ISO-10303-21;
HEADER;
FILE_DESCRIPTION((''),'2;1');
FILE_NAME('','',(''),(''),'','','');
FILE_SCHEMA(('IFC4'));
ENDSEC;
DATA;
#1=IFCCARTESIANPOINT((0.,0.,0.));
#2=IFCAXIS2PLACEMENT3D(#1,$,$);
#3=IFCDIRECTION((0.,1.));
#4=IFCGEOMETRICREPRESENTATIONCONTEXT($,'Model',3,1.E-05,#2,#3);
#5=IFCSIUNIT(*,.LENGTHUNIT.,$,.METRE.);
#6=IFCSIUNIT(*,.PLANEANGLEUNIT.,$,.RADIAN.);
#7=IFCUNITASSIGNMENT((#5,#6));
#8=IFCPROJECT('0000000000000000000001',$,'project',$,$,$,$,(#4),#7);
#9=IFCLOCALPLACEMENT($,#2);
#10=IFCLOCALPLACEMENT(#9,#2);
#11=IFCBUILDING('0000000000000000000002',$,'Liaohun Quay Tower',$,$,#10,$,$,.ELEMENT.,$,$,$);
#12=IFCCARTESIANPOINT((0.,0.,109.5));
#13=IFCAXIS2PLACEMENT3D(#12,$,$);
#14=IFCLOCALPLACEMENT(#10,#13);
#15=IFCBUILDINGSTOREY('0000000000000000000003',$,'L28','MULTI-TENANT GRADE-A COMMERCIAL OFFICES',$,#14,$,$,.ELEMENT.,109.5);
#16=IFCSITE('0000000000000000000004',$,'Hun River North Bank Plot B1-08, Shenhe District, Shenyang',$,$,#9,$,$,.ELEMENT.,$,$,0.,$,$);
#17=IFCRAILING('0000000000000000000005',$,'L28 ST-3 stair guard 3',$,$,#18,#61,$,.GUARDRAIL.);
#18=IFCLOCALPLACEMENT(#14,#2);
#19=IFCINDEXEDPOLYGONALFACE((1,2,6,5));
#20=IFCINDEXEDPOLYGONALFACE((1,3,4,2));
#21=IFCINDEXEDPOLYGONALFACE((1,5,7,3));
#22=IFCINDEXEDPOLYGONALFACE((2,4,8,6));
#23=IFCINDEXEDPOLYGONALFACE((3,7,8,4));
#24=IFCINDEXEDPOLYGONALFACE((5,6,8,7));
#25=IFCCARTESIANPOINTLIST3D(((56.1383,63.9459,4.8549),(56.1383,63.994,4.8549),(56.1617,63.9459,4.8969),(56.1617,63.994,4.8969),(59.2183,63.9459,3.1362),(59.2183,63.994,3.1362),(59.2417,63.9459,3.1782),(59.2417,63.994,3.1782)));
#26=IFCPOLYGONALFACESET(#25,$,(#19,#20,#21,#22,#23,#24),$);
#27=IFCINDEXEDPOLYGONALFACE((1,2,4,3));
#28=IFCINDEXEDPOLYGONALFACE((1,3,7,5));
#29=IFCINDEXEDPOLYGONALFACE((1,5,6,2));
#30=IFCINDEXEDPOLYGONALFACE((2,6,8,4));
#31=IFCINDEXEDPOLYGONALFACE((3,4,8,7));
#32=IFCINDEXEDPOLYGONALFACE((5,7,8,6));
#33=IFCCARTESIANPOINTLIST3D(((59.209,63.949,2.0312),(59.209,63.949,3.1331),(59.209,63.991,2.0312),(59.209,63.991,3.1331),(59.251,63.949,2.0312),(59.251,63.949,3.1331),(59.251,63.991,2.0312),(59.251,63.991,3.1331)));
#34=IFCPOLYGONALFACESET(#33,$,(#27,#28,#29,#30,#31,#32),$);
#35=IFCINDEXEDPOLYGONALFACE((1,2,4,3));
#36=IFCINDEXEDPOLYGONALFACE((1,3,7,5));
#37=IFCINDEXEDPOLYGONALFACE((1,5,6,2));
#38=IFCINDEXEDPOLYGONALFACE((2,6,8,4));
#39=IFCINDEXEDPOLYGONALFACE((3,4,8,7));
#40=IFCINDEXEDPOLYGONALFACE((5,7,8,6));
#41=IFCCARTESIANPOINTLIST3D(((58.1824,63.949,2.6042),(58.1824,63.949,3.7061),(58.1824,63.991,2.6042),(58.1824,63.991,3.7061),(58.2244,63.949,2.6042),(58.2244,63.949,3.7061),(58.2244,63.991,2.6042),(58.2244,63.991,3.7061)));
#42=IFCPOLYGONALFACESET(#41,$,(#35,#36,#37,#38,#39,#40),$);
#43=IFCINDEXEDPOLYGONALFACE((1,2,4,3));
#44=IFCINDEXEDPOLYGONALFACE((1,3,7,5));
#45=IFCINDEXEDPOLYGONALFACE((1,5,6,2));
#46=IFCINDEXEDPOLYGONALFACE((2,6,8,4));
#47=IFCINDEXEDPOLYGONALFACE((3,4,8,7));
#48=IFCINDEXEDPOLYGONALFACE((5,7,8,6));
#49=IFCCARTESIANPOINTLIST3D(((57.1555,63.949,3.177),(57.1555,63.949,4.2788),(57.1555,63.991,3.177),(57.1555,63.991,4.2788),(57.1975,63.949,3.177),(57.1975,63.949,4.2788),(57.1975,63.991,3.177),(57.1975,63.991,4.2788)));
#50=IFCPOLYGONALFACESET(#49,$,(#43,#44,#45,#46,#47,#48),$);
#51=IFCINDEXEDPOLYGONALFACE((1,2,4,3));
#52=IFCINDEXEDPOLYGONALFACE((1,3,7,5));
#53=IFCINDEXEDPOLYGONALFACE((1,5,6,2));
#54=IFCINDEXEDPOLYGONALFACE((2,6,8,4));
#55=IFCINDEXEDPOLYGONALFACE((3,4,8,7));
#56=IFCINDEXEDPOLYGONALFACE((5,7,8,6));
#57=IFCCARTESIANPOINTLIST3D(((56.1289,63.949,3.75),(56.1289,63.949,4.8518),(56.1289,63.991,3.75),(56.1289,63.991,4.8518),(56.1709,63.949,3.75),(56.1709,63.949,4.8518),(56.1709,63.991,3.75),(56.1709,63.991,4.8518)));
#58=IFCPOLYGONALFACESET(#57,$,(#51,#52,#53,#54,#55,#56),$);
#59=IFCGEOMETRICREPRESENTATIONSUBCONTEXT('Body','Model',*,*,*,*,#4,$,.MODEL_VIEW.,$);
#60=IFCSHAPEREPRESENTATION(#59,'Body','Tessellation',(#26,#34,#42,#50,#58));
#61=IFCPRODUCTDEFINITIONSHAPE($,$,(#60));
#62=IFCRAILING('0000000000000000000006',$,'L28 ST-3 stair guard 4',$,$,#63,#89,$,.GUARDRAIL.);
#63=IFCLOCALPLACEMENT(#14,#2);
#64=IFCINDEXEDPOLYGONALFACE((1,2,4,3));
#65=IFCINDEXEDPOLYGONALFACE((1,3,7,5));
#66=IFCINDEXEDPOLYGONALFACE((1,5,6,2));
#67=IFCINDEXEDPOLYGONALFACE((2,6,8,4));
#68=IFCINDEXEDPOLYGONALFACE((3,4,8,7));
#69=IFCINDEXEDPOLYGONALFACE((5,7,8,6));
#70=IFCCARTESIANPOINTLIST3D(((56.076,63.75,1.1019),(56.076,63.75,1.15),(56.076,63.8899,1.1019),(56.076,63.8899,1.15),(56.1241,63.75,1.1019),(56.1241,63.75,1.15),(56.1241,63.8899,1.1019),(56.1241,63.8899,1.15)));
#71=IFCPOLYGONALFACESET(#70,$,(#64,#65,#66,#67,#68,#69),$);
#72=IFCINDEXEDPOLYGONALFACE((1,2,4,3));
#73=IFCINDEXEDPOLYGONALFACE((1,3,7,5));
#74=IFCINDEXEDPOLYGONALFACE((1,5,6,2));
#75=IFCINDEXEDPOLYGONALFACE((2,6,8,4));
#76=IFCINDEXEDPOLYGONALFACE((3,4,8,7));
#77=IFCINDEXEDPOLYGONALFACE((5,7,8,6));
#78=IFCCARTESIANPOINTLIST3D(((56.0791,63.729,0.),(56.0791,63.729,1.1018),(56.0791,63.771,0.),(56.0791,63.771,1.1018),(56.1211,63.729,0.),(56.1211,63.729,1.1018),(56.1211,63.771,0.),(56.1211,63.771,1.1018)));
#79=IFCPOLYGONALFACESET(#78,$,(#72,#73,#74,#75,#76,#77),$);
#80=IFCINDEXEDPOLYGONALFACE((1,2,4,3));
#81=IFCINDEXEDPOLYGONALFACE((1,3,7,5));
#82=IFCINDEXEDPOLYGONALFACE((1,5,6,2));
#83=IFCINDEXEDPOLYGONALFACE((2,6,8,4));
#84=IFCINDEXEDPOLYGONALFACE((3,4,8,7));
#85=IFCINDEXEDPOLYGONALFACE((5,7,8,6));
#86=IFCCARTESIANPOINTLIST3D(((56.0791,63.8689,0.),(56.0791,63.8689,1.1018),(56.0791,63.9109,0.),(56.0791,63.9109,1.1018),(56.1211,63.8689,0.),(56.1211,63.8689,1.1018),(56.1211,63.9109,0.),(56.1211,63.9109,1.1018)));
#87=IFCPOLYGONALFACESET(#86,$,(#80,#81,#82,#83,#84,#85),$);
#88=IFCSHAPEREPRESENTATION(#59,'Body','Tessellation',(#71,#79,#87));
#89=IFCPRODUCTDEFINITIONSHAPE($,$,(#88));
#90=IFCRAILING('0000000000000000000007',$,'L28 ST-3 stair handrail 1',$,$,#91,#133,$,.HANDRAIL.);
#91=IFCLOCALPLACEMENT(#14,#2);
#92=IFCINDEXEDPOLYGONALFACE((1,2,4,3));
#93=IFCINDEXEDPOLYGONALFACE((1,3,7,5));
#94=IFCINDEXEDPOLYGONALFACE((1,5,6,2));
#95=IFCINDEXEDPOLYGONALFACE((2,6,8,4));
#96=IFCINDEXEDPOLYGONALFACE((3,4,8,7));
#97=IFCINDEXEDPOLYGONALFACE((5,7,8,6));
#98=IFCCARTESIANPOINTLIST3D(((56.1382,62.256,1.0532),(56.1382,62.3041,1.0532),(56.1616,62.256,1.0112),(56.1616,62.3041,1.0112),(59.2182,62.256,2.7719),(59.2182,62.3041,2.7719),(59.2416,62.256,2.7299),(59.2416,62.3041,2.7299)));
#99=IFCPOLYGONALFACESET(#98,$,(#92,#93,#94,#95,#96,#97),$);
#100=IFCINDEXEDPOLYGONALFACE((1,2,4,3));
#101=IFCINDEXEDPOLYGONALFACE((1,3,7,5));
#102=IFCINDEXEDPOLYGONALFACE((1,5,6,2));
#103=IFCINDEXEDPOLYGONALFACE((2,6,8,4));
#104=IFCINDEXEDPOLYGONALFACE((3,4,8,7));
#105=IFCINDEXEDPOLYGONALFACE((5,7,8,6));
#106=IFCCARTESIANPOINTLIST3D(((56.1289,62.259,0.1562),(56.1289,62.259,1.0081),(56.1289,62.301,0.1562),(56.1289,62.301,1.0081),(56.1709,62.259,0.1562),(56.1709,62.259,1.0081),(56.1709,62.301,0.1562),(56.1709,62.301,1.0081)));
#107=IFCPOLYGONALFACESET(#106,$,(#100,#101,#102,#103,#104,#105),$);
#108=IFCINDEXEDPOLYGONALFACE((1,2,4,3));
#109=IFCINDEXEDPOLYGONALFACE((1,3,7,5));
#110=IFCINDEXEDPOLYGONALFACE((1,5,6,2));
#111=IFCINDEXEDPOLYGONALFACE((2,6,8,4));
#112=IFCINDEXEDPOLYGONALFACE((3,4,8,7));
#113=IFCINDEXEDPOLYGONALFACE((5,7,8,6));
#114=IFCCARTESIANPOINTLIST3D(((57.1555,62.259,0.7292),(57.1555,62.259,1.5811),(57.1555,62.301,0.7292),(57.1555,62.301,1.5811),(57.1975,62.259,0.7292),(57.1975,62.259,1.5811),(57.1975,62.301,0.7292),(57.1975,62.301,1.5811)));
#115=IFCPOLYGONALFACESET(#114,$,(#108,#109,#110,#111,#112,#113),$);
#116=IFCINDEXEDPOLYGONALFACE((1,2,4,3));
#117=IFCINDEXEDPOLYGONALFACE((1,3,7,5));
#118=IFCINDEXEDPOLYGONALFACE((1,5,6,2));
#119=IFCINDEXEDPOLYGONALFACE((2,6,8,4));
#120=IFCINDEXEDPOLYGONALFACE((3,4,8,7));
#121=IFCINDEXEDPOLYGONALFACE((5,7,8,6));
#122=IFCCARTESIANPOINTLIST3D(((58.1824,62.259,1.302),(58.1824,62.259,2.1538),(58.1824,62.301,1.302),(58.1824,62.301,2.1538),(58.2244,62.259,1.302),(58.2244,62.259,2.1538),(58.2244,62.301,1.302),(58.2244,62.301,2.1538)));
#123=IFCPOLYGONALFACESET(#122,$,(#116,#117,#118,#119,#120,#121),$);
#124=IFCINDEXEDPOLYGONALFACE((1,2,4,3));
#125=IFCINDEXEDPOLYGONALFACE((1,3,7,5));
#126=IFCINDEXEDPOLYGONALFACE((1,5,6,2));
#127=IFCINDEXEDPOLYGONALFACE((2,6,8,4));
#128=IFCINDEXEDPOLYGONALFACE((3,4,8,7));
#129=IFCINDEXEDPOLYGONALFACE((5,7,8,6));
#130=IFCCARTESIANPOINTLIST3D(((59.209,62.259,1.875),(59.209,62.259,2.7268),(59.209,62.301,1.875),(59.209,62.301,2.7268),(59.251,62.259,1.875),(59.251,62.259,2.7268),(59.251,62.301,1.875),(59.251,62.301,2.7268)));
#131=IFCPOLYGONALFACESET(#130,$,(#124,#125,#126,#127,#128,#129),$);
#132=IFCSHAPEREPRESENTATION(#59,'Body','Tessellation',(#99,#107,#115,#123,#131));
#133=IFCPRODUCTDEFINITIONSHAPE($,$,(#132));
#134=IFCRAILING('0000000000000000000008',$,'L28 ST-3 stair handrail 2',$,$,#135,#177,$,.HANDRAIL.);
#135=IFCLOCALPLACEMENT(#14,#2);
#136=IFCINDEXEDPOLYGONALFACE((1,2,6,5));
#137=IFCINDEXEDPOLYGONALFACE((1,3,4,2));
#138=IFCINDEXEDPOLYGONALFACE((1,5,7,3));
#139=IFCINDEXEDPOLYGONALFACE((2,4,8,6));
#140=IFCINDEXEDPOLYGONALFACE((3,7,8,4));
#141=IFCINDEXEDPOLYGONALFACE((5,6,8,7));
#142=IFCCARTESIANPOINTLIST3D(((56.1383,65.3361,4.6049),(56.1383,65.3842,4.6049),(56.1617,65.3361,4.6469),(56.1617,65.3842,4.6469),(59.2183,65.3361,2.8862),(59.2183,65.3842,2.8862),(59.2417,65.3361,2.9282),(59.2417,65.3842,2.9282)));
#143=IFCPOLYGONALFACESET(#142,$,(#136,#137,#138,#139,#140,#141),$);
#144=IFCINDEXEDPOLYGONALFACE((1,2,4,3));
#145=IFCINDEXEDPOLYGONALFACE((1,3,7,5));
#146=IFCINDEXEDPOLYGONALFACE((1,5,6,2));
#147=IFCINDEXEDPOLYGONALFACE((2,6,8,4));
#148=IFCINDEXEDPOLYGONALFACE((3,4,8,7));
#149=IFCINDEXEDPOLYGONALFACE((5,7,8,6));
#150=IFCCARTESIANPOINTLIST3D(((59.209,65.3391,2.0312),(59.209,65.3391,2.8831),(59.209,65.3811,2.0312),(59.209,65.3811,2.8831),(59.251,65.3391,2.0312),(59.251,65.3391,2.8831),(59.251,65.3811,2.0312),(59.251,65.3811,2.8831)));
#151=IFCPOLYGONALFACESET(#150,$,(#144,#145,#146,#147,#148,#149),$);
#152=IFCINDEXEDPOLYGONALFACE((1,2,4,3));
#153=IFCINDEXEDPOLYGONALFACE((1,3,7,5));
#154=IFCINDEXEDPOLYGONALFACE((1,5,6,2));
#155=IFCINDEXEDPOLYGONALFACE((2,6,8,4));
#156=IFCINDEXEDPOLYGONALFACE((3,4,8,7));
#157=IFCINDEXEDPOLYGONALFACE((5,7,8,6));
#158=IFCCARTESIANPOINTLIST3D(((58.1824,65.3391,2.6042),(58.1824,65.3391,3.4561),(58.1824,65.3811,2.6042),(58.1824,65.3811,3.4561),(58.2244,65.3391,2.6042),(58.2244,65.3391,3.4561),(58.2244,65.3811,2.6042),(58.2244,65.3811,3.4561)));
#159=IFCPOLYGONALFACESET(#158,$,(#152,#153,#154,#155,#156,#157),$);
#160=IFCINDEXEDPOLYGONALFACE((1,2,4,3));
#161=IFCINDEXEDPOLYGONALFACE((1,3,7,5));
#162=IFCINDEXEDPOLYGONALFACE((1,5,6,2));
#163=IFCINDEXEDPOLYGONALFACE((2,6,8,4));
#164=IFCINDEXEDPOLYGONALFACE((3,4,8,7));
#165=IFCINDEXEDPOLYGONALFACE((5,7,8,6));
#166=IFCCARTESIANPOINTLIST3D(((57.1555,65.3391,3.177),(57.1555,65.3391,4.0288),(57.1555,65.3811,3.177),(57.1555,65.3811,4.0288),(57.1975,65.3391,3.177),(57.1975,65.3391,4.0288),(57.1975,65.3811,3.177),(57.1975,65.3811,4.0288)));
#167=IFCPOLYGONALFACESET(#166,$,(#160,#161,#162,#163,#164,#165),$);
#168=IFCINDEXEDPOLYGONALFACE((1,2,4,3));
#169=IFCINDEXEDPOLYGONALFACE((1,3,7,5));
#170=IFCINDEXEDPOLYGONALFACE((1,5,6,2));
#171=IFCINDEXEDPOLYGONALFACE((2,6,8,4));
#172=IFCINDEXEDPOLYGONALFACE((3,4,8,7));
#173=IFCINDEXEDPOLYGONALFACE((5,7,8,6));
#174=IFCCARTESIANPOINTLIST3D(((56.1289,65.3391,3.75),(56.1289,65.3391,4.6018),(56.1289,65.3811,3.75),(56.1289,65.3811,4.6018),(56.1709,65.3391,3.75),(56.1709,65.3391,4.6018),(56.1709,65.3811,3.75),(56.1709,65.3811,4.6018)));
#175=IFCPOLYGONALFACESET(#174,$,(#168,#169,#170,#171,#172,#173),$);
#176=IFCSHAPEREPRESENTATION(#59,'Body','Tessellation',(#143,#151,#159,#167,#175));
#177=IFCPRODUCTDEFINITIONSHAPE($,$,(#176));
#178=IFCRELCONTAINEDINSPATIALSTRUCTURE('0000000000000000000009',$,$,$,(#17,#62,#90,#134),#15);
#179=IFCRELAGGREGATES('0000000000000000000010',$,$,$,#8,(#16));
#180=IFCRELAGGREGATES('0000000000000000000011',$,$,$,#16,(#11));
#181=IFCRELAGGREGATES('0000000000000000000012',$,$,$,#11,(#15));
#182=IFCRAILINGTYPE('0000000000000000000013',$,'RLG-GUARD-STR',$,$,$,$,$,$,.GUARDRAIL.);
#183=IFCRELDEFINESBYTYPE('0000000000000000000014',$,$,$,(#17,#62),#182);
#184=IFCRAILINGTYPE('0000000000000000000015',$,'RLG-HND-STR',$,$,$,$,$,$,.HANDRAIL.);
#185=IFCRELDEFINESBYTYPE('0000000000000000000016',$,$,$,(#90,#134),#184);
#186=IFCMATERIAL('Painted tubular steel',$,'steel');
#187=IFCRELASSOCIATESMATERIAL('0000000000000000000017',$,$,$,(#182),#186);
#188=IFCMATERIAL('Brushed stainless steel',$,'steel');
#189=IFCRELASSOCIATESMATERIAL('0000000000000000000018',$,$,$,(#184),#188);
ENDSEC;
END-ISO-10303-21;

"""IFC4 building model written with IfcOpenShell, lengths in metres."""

from ifc_helpers import new_model, si_unit, direction, frame, origin, origin_2d, place, context, subcontext, project, spatial, rectangle, extrude, material, type_object, element, save


model = new_model("IFC4")

# Units and contexts
model_context = context("Model", 3, precision=1e-05, world=origin(), true_north=direction((0.0, 1.0)))
body_context = subcontext(model_context, "Body", "Model", "MODEL_VIEW")
ifc_project = project(units=[si_unit("LENGTHUNIT", "METRE"), si_unit("PLANEANGLEUNIT", "RADIAN")], contexts=[model_context])

# Site, building, storey
site_placement = place(None, origin())
site = spatial("IfcSite", under=ifc_project, at=site_placement, Name="Hun River North Bank Plot B1-08, Shenhe District, Shenyang", CompositionType="ELEMENT", RefElevation=0.0)
building_placement = place(site_placement, origin())
building = spatial("IfcBuilding", under=site, at=building_placement, Name="Liaohun Quay Tower", CompositionType="ELEMENT")
storey_placement = place(building_placement, frame((0.0, 0.0, 109.5)))
storey = spatial("IfcBuildingStorey", under=building, at=storey_placement, Name="L28", Description="MULTI-TENANT GRADE-A COMMERCIAL OFFICES", CompositionType="ELEMENT", Elevation=109.5)

# Railings
ifc_material_1 = material(Name="Painted tubular steel", Category="steel")
railing_type_1 = type_object("IfcRailingType", Name="RLG-GUARD-STR", PredefinedType="GUARDRAIL", material=ifc_material_1)
railing_1_placement = place(storey_placement, frame((59.23, 63.97, 2.0312)))
element("IfcRailing", 1, at=railing_1_placement, inside=storey, type_object=railing_type_1, Name="L28 ST-3 stair guard 3", PredefinedType="GUARDRAIL", context=body_context, shape_type="SweptSolid", body=[
    extrude(rectangle(XDim=0.0481, YDim=0.0481, at=origin_2d()), frame((0.0, 0.0, 1.126), z_axis=(-0.873242, 0.0, 0.487288), x_axis=(0.0, -1.0, 0.0)), (0.0, 0.0, 1.0), 3.5271),
    extrude(rectangle(XDim=0.042, YDim=0.042, at=origin_2d()), origin(), (0.0, 0.0, 1.0), 1.1018),
    extrude(rectangle(XDim=0.042, YDim=0.042, at=origin_2d()), frame((-1.0266, 0.0, 0.573)), (0.0, 0.0, 1.0), 1.1018),
    extrude(rectangle(XDim=0.042, YDim=0.042, at=origin_2d()), frame((-2.0535, 0.0, 1.1458)), (0.0, 0.0, 1.0), 1.1018),
    extrude(rectangle(XDim=0.042, YDim=0.042, at=origin_2d()), frame((-3.0801, 0.0, 1.7188)), (0.0, 0.0, 1.0), 1.1018),
])
railing_2_placement = place(storey_placement, frame((56.1001, 63.75, 0.0)))
element("IfcRailing", 2, at=railing_2_placement, inside=storey, type_object=railing_type_1, Name="L28 ST-3 stair guard 4", PredefinedType="GUARDRAIL", context=body_context, shape_type="SweptSolid", body=[
    extrude(rectangle(XDim=0.0481, YDim=0.0481, at=origin_2d()), frame((0.0, 0.0, 1.126), z_axis=(0.0, 1.0, 0.0), x_axis=(-1.0, 0.0, 0.0)), (0.0, 0.0, 1.0), 0.1399),
    extrude(rectangle(XDim=0.042, YDim=0.042, at=origin_2d()), origin(), (0.0, 0.0, 1.0), 1.1018),
    extrude(rectangle(XDim=0.042, YDim=0.042, at=origin_2d()), frame((0.0, 0.1399, 0.0)), (0.0, 0.0, 1.0), 1.1018),
])
ifc_material_2 = material(Name="Brushed stainless steel", Category="steel")
railing_type_2 = type_object("IfcRailingType", Name="RLG-HND-STR", PredefinedType="HANDRAIL", material=ifc_material_2)
railing_3_placement = place(storey_placement, frame((56.1499, 62.28, 0.1562)))
element("IfcRailing", 3, at=railing_3_placement, inside=storey, type_object=railing_type_2, Name="L28 ST-3 stair handrail 1", PredefinedType="HANDRAIL", context=body_context, shape_type="SweptSolid", body=[
    extrude(rectangle(XDim=0.0481, YDim=0.0481, at=origin_2d()), frame((0.0, 0.0, 0.876), z_axis=(0.873242, 0.0, 0.487288), x_axis=(0.0, 1.0, 0.0)), (0.0, 0.0, 1.0), 3.5271),
    extrude(rectangle(XDim=0.042, YDim=0.042, at=origin_2d()), origin(), (0.0, 0.0, 1.0), 0.8518),
    extrude(rectangle(XDim=0.042, YDim=0.042, at=origin_2d()), frame((1.0266, 0.0, 0.573)), (0.0, 0.0, 1.0), 0.8518),
    extrude(rectangle(XDim=0.042, YDim=0.042, at=origin_2d()), frame((2.0535, 0.0, 1.1458)), (0.0, 0.0, 1.0), 0.8518),
    extrude(rectangle(XDim=0.042, YDim=0.042, at=origin_2d()), frame((3.0801, 0.0, 1.7188)), (0.0, 0.0, 1.0), 0.8518),
])
railing_4_placement = place(storey_placement, frame((59.23, 65.3601, 2.0312)))
element("IfcRailing", 4, at=railing_4_placement, inside=storey, type_object=railing_type_2, Name="L28 ST-3 stair handrail 2", PredefinedType="HANDRAIL", context=body_context, shape_type="SweptSolid", body=[
    extrude(rectangle(XDim=0.0481, YDim=0.0481, at=origin_2d()), frame((0.0, 0.0, 0.876), z_axis=(-0.873242, 0.0, 0.487288), x_axis=(0.0, -1.0, 0.0)), (0.0, 0.0, 1.0), 3.5271),
    extrude(rectangle(XDim=0.042, YDim=0.042, at=origin_2d()), origin(), (0.0, 0.0, 1.0), 0.8518),
    extrude(rectangle(XDim=0.042, YDim=0.042, at=origin_2d()), frame((-1.0266, 0.0, 0.573)), (0.0, 0.0, 1.0), 0.8518),
    extrude(rectangle(XDim=0.042, YDim=0.042, at=origin_2d()), frame((-2.0535, 0.0, 1.1458)), (0.0, 0.0, 1.0), 0.8518),
    extrude(rectangle(XDim=0.042, YDim=0.042, at=origin_2d()), frame((-3.0801, 0.0, 1.7188)), (0.0, 0.0, 1.0), 0.8518),
])

save(model, "model.ifc")
